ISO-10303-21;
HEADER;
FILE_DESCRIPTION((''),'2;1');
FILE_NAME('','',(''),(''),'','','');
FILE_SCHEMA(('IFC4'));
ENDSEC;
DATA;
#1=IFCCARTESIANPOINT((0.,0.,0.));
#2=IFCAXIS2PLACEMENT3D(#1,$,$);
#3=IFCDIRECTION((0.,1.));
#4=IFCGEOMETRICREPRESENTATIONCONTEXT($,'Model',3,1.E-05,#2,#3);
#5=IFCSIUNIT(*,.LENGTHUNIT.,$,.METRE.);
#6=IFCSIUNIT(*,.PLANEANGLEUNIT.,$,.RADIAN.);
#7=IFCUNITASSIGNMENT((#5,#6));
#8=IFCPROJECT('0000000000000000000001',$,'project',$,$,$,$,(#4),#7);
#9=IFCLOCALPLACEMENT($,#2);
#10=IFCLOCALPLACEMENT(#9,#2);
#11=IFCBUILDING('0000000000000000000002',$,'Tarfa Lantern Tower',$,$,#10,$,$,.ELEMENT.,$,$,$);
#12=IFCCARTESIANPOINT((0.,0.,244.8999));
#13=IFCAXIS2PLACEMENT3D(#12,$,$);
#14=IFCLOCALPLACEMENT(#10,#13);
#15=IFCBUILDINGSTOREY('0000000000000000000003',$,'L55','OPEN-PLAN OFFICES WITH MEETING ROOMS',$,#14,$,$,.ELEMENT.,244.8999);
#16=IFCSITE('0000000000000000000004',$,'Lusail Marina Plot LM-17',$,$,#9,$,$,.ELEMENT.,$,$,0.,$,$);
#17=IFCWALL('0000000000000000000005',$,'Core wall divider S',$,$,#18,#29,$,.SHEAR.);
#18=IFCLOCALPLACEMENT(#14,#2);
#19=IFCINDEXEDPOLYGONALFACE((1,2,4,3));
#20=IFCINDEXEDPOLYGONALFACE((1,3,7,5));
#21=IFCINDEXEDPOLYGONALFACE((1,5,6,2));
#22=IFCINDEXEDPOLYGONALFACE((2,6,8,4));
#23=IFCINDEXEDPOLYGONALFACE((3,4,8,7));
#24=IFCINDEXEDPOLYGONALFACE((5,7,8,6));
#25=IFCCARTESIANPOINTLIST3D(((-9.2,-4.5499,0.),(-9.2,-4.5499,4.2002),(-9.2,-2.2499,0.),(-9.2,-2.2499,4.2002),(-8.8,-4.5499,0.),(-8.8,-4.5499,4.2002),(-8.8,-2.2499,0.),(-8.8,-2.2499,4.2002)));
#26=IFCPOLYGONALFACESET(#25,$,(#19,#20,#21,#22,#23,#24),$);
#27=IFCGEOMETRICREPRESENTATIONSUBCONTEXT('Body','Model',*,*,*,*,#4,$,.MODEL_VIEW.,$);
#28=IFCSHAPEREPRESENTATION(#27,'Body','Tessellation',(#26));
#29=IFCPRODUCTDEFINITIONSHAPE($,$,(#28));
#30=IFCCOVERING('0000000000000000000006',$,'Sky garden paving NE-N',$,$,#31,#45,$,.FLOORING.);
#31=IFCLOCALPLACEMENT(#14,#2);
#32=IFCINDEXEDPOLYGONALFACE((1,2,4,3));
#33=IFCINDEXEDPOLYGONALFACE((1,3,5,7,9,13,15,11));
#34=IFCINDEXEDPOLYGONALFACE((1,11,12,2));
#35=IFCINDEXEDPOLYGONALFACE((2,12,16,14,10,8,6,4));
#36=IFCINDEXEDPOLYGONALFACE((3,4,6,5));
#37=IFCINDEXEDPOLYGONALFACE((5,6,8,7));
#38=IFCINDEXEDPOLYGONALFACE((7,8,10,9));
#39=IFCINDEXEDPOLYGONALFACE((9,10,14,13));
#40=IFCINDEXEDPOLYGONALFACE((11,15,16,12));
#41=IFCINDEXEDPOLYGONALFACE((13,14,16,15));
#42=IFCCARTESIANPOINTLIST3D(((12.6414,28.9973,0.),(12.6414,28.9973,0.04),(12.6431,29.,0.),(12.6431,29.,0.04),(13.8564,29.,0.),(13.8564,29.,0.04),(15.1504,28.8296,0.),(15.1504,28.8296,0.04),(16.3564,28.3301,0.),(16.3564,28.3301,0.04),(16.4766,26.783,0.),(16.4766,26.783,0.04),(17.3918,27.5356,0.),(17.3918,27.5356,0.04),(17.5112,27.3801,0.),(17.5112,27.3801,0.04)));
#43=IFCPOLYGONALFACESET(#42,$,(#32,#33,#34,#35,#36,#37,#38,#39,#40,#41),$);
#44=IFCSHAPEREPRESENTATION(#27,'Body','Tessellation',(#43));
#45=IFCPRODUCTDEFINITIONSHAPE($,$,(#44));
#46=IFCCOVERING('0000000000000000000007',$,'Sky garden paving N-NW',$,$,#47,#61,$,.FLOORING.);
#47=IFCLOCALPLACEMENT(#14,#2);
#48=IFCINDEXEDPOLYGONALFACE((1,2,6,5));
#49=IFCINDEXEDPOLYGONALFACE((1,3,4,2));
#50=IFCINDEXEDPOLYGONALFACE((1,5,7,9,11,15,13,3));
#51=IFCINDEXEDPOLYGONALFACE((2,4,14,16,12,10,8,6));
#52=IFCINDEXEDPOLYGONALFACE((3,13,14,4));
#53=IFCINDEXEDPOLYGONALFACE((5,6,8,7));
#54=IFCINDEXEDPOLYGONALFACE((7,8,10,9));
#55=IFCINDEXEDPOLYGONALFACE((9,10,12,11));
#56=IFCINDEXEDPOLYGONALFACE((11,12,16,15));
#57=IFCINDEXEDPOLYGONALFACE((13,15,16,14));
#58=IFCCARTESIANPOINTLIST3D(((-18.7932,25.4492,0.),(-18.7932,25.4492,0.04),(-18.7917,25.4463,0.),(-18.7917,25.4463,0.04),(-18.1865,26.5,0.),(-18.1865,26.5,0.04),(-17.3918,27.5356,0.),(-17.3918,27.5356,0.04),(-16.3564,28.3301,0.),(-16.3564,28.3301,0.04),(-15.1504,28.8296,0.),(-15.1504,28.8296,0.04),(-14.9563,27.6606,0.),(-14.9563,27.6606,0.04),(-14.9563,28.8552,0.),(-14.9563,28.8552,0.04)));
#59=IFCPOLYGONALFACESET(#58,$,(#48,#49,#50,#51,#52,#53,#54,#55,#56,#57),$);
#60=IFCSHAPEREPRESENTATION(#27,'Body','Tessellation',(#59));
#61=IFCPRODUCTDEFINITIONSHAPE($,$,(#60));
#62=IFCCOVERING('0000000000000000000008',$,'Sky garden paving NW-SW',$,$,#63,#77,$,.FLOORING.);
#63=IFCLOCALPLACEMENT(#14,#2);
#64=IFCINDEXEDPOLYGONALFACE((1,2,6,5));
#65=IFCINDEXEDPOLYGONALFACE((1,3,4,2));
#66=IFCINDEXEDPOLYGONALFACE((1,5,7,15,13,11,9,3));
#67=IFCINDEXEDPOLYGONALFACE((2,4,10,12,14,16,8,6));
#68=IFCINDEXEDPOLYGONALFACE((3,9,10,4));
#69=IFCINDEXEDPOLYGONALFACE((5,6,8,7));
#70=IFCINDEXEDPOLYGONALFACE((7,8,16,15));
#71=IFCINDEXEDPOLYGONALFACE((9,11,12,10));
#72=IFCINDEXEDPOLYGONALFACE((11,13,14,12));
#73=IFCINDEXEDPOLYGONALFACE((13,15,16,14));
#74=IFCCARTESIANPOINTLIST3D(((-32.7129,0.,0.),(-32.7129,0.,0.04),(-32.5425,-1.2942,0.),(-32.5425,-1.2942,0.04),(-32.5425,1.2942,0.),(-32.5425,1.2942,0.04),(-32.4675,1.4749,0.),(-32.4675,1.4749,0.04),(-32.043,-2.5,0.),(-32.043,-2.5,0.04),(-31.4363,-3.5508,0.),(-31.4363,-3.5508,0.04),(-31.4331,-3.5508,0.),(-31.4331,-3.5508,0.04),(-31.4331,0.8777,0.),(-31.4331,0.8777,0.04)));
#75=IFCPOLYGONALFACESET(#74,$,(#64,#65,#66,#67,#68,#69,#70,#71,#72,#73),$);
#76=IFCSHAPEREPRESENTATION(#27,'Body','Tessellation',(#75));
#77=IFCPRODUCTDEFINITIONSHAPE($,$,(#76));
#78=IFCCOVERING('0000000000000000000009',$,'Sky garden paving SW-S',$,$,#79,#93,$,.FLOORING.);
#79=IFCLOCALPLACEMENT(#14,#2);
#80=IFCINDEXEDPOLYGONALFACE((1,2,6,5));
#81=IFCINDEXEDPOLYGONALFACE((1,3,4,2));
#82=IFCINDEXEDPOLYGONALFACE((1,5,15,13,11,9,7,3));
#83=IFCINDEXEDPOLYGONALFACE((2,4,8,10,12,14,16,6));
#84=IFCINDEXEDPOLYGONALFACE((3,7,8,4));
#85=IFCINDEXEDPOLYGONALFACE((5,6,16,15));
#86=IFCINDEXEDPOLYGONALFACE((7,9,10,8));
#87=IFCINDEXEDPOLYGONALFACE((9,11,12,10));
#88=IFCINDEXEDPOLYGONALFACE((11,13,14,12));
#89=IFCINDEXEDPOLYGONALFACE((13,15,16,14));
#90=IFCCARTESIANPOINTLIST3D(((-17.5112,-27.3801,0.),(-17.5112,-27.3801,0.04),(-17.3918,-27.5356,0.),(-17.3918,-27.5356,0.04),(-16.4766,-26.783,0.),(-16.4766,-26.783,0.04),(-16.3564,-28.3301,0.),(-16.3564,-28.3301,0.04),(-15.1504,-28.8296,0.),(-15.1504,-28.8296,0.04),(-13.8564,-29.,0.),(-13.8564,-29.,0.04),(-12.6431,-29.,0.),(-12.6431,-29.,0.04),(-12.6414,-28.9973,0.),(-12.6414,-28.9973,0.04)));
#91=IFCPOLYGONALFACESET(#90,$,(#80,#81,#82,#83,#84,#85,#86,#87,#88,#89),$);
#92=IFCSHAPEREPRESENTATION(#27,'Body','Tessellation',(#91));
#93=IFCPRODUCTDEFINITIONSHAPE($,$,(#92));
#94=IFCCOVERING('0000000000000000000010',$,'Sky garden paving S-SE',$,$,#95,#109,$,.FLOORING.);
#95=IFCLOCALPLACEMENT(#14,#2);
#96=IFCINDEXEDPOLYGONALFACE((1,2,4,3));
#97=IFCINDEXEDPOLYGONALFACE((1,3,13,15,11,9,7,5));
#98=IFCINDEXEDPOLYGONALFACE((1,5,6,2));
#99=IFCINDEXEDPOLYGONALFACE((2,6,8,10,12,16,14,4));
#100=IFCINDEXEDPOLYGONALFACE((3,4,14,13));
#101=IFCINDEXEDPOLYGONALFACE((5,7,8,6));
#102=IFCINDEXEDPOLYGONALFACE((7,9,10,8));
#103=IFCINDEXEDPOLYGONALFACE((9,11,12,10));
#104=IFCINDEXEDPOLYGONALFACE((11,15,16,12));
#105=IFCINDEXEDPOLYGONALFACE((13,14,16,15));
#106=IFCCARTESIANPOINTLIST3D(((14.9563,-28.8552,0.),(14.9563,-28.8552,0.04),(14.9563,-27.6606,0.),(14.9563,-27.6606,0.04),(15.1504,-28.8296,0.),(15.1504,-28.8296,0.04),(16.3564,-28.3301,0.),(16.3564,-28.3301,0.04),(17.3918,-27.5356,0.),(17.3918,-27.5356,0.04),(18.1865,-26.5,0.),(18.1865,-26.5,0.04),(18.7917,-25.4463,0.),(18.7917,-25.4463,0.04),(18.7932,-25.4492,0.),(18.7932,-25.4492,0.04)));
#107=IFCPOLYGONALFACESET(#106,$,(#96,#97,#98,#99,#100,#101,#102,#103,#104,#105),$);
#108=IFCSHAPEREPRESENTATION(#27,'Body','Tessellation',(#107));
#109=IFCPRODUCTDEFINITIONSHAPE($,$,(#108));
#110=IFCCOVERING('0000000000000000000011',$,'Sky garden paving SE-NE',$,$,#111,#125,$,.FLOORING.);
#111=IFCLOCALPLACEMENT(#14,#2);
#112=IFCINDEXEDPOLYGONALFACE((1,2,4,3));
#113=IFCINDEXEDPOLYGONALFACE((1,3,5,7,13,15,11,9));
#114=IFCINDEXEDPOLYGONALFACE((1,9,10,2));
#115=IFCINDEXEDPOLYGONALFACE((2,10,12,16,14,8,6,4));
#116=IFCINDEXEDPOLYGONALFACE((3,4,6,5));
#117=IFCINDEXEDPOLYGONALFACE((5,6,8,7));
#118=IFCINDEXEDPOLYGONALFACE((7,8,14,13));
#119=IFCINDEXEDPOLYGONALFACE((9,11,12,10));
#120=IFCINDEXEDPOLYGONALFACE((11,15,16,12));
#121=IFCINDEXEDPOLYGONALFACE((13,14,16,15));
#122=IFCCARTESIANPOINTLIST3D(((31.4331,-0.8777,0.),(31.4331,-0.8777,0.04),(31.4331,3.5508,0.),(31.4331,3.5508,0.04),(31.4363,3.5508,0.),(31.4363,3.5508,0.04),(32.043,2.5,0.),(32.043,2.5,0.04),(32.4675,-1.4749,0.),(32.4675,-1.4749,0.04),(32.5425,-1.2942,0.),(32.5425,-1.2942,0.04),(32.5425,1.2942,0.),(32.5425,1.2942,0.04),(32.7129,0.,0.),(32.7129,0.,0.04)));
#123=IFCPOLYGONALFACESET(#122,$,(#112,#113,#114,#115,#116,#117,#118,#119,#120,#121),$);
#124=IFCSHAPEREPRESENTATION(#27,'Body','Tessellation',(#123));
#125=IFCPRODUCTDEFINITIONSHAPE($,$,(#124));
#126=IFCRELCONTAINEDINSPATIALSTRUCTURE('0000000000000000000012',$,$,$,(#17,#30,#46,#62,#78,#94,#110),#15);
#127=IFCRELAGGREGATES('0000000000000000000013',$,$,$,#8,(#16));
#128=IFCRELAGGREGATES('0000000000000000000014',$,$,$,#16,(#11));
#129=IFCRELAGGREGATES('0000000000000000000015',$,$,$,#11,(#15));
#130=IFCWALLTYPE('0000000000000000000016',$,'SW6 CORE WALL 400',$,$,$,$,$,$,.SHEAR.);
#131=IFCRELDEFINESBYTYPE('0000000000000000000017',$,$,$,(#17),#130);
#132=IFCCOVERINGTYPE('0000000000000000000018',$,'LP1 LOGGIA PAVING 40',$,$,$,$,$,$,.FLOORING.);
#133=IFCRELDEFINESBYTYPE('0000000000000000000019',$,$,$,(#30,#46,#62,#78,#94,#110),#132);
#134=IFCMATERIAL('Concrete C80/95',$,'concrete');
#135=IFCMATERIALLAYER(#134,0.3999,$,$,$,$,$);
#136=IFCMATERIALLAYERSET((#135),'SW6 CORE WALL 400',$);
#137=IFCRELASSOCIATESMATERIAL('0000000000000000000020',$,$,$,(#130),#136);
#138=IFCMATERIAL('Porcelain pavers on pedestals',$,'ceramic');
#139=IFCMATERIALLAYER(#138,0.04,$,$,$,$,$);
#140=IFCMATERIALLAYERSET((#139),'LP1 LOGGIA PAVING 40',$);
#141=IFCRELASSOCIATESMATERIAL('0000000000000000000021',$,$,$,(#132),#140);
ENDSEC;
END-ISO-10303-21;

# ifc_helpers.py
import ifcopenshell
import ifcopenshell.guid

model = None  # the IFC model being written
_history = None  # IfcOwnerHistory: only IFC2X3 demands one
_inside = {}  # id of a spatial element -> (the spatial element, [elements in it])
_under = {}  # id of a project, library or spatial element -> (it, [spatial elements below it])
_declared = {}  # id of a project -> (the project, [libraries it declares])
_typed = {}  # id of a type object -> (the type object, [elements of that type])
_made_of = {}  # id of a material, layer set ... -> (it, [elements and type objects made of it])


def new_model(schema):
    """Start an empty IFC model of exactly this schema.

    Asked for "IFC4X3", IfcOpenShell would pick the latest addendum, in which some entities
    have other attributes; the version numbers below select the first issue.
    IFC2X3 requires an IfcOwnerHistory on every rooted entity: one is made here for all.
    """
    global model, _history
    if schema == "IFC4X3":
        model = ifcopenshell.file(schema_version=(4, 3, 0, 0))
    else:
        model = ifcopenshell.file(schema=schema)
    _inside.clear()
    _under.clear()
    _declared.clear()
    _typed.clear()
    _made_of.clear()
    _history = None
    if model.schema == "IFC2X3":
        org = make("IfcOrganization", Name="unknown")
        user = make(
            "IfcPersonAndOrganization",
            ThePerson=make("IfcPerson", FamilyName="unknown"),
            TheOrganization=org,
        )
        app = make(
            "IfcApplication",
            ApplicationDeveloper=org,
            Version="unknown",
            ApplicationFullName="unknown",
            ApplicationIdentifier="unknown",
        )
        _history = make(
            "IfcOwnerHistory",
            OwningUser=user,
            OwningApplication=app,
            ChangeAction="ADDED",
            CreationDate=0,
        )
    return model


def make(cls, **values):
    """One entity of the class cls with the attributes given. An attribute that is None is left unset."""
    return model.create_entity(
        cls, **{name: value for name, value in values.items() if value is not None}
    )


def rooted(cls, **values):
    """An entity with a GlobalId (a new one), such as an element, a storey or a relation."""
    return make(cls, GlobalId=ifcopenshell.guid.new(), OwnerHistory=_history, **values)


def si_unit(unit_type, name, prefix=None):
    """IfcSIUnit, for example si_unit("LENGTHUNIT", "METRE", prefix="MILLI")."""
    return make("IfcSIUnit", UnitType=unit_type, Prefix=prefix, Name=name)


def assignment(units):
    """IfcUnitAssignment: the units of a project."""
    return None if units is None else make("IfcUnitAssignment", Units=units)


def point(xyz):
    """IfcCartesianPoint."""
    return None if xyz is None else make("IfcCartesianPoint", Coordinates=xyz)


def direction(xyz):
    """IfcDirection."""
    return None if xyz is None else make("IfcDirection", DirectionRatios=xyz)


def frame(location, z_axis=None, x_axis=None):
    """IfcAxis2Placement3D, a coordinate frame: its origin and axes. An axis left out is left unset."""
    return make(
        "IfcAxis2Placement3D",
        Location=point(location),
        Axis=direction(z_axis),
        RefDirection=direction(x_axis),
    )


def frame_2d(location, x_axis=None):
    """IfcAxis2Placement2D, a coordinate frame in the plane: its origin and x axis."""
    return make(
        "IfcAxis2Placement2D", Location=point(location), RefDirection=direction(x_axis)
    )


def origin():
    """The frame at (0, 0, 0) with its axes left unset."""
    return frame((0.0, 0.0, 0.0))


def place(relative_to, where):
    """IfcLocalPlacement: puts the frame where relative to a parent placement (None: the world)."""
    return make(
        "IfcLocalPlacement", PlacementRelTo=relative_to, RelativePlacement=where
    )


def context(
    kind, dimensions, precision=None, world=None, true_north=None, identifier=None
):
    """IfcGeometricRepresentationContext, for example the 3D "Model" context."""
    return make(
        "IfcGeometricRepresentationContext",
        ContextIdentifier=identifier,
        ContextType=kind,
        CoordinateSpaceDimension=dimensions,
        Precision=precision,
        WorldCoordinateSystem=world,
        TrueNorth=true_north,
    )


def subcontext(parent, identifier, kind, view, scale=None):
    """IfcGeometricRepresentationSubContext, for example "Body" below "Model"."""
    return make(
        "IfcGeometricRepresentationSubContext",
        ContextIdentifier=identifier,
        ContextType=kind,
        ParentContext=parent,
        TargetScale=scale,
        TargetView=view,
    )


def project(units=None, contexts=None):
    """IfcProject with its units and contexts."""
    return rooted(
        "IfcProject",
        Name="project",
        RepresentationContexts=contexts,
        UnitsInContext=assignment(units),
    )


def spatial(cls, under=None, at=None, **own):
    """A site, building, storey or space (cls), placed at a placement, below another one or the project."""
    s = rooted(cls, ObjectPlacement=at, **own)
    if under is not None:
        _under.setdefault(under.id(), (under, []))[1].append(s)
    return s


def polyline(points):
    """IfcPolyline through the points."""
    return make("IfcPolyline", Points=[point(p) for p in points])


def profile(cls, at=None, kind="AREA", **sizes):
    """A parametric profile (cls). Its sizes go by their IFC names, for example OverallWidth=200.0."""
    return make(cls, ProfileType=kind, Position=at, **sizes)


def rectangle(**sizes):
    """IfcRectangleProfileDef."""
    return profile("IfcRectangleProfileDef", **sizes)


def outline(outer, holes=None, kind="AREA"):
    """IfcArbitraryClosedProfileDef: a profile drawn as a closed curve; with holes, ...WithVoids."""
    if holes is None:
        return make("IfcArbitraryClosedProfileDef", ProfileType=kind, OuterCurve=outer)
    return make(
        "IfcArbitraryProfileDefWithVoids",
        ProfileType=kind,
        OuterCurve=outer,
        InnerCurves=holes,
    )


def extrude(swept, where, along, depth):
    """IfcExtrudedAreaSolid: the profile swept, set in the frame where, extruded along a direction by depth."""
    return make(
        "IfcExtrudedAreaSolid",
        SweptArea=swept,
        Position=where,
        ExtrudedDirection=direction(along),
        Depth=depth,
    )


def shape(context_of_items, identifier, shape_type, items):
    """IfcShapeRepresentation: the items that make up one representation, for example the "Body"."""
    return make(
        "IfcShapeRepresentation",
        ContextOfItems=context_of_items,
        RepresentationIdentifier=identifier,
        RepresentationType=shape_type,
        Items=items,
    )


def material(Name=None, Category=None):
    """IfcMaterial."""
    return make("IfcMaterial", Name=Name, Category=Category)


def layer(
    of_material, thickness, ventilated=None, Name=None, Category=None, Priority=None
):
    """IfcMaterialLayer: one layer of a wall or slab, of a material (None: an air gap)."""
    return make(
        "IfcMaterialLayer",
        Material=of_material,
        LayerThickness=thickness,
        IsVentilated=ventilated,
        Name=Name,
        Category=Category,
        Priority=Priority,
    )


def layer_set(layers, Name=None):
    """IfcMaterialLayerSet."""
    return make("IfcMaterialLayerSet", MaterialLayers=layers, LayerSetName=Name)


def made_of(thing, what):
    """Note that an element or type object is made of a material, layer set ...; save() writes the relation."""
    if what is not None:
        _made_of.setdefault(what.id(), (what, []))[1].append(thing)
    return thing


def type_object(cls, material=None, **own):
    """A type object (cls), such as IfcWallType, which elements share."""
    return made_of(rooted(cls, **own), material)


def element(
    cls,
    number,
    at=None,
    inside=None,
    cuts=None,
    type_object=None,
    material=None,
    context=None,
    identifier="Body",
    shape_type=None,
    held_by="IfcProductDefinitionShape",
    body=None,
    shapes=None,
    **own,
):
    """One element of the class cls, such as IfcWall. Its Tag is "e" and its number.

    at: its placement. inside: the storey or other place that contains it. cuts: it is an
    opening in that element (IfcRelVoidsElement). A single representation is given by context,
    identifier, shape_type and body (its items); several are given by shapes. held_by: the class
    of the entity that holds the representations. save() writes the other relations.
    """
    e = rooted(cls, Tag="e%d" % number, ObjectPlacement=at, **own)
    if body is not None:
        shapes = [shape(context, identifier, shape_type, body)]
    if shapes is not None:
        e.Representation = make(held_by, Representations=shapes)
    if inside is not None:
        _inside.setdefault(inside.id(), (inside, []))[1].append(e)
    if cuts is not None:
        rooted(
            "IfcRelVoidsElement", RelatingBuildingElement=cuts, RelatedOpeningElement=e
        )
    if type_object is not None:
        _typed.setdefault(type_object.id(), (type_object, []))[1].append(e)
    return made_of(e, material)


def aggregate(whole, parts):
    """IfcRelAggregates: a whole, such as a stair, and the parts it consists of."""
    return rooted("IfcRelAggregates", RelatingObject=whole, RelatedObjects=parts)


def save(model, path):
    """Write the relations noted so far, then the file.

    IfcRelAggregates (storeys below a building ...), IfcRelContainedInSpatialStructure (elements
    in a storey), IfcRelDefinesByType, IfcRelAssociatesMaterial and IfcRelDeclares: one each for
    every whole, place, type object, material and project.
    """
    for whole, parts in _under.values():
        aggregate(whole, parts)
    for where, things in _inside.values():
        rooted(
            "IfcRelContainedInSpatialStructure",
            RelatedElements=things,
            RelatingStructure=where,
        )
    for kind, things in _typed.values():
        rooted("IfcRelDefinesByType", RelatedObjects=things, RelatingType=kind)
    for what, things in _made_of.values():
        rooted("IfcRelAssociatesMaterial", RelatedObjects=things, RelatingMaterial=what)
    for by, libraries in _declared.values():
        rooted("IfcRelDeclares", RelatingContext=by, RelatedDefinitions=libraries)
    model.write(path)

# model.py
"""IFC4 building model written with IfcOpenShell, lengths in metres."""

from ifc_helpers import new_model, si_unit, direction, frame, frame_2d, origin, place, context, subcontext, project, spatial, polyline, rectangle, outline, extrude, material, layer, layer_set, type_object, element, save


model = new_model("IFC4")

# Units and contexts
model_context = context("Model", 3, precision=1e-05, world=origin(), true_north=direction((0.0, 1.0)))
body_context = subcontext(model_context, "Body", "Model", "MODEL_VIEW")
ifc_project = project(units=[si_unit("LENGTHUNIT", "METRE"), si_unit("PLANEANGLEUNIT", "RADIAN")], contexts=[model_context])

# Site, building, storey
site_placement = place(None, origin())
site = spatial("IfcSite", under=ifc_project, at=site_placement, Name="Lusail Marina Plot LM-17", CompositionType="ELEMENT", RefElevation=0.0)
building_placement = place(site_placement, origin())
building = spatial("IfcBuilding", under=site, at=building_placement, Name="Tarfa Lantern Tower", CompositionType="ELEMENT")
storey_placement = place(building_placement, frame((0.0, 0.0, 244.8999)))
storey = spatial("IfcBuildingStorey", under=building, at=storey_placement, Name="L55", Description="OPEN-PLAN OFFICES WITH MEETING ROOMS", CompositionType="ELEMENT", Elevation=244.8999)

# Shared definitions
ifc_material_1 = material(Name="Concrete C80/95", Category="concrete")

# Wall
ifc_layer_1 = layer(ifc_material_1, 0.3999)
ifc_layer_set_1 = layer_set([ifc_layer_1], Name="SW6 CORE WALL 400")
wall_type_1 = type_object("IfcWallType", Name="SW6 CORE WALL 400", PredefinedType="SHEAR", material=ifc_layer_set_1)
wall_1_placement = place(storey_placement, frame((-9.0, -2.25, 0.0), z_axis=(0.0, 0.0, 1.0), x_axis=(0.0, -1.0, 0.0)))
element("IfcWall", 1, at=wall_1_placement, inside=storey, type_object=wall_type_1, Name="Core wall divider S", PredefinedType="SHEAR", context=body_context, shape_type="SweptSolid", body=[
    extrude(rectangle(XDim=2.3, YDim=0.3999, at=frame_2d((1.1499, 0.0))), origin(), (0.0, 0.0, 1.0), 4.2002),
])

# Coverings
ifc_material_2 = material(Name="Porcelain pavers on pedestals", Category="ceramic")
ifc_layer_2 = layer(ifc_material_2, 0.04)
ifc_layer_set_2 = layer_set([ifc_layer_2], Name="LP1 LOGGIA PAVING 40")
covering_type = type_object("IfcCoveringType", Name="LP1 LOGGIA PAVING 40", PredefinedType="FLOORING", material=ifc_layer_set_2)
covering_1_placement = place(storey_placement, origin())
element("IfcCovering", 2, at=covering_1_placement, inside=storey, type_object=covering_type, Name="Sky garden paving NE-N", PredefinedType="FLOORING", context=body_context, shape_type="SweptSolid", body=[
    extrude(outline(polyline([(15.1504, 28.8296), (16.3564, 28.3301), (17.3918, 27.5356), (17.5112, 27.3801), (16.4766, 26.783), (12.6414, 28.9973), (12.6431, 29.0), (13.8564, 29.0), (15.1504, 28.8296)])), origin(), (0.0, 0.0, 1.0), 0.04),
])
covering_2_placement = place(storey_placement, origin())
element("IfcCovering", 3, at=covering_2_placement, inside=storey, type_object=covering_type, Name="Sky garden paving N-NW", PredefinedType="FLOORING", context=body_context, shape_type="SweptSolid", body=[
    extrude(outline(polyline([(-17.3918, 27.5356), (-16.3564, 28.3301), (-15.1504, 28.8296), (-14.9563, 28.8552), (-14.9563, 27.6606), (-18.7917, 25.4463), (-18.7932, 25.4492), (-18.1865, 26.5), (-17.3918, 27.5356)])), origin(), (0.0, 0.0, 1.0), 0.04),
])
covering_3_placement = place(storey_placement, origin())
element("IfcCovering", 4, at=covering_3_placement, inside=storey, type_object=covering_type, Name="Sky garden paving NW-SW", PredefinedType="FLOORING", context=body_context, shape_type="SweptSolid", body=[
    extrude(outline(polyline([(-32.5425, -1.2942), (-32.7129, 0.0), (-32.5425, 1.2942), (-32.4675, 1.4749), (-31.4331, 0.8777), (-31.4331, -3.5508), (-31.4363, -3.5508), (-32.043, -2.5), (-32.5425, -1.2942)])), origin(), (0.0, 0.0, 1.0), 0.04),
])
covering_4_placement = place(storey_placement, origin())
element("IfcCovering", 5, at=covering_4_placement, inside=storey, type_object=covering_type, Name="Sky garden paving SW-S", PredefinedType="FLOORING", context=body_context, shape_type="SweptSolid", body=[
    extrude(outline(polyline([(-15.1504, -28.8296), (-16.3564, -28.3301), (-17.3918, -27.5356), (-17.5112, -27.3801), (-16.4766, -26.783), (-12.6414, -28.9973), (-12.6431, -29.0), (-13.8564, -29.0), (-15.1504, -28.8296)])), origin(), (0.0, 0.0, 1.0), 0.04),
])
covering_5_placement = place(storey_placement, origin())
element("IfcCovering", 6, at=covering_5_placement, inside=storey, type_object=covering_type, Name="Sky garden paving S-SE", PredefinedType="FLOORING", context=body_context, shape_type="SweptSolid", body=[
    extrude(outline(polyline([(17.3918, -27.5356), (16.3564, -28.3301), (15.1504, -28.8296), (14.9563, -28.8552), (14.9563, -27.6606), (18.7917, -25.4463), (18.7932, -25.4492), (18.1865, -26.5), (17.3918, -27.5356)])), origin(), (0.0, 0.0, 1.0), 0.04),
])
covering_6_placement = place(storey_placement, origin())
element("IfcCovering", 7, at=covering_6_placement, inside=storey, type_object=covering_type, Name="Sky garden paving SE-NE", PredefinedType="FLOORING", context=body_context, shape_type="SweptSolid", body=[
    extrude(outline(polyline([(32.5425, 1.2942), (32.7129, 0.0), (32.5425, -1.2942), (32.4675, -1.4749), (31.4331, -0.8777), (31.4331, 3.5508), (31.4363, 3.5508), (32.043, 2.5), (32.5425, 1.2942)])), origin(), (0.0, 0.0, 1.0), 0.04),
])

save(model, "model.ifc")
